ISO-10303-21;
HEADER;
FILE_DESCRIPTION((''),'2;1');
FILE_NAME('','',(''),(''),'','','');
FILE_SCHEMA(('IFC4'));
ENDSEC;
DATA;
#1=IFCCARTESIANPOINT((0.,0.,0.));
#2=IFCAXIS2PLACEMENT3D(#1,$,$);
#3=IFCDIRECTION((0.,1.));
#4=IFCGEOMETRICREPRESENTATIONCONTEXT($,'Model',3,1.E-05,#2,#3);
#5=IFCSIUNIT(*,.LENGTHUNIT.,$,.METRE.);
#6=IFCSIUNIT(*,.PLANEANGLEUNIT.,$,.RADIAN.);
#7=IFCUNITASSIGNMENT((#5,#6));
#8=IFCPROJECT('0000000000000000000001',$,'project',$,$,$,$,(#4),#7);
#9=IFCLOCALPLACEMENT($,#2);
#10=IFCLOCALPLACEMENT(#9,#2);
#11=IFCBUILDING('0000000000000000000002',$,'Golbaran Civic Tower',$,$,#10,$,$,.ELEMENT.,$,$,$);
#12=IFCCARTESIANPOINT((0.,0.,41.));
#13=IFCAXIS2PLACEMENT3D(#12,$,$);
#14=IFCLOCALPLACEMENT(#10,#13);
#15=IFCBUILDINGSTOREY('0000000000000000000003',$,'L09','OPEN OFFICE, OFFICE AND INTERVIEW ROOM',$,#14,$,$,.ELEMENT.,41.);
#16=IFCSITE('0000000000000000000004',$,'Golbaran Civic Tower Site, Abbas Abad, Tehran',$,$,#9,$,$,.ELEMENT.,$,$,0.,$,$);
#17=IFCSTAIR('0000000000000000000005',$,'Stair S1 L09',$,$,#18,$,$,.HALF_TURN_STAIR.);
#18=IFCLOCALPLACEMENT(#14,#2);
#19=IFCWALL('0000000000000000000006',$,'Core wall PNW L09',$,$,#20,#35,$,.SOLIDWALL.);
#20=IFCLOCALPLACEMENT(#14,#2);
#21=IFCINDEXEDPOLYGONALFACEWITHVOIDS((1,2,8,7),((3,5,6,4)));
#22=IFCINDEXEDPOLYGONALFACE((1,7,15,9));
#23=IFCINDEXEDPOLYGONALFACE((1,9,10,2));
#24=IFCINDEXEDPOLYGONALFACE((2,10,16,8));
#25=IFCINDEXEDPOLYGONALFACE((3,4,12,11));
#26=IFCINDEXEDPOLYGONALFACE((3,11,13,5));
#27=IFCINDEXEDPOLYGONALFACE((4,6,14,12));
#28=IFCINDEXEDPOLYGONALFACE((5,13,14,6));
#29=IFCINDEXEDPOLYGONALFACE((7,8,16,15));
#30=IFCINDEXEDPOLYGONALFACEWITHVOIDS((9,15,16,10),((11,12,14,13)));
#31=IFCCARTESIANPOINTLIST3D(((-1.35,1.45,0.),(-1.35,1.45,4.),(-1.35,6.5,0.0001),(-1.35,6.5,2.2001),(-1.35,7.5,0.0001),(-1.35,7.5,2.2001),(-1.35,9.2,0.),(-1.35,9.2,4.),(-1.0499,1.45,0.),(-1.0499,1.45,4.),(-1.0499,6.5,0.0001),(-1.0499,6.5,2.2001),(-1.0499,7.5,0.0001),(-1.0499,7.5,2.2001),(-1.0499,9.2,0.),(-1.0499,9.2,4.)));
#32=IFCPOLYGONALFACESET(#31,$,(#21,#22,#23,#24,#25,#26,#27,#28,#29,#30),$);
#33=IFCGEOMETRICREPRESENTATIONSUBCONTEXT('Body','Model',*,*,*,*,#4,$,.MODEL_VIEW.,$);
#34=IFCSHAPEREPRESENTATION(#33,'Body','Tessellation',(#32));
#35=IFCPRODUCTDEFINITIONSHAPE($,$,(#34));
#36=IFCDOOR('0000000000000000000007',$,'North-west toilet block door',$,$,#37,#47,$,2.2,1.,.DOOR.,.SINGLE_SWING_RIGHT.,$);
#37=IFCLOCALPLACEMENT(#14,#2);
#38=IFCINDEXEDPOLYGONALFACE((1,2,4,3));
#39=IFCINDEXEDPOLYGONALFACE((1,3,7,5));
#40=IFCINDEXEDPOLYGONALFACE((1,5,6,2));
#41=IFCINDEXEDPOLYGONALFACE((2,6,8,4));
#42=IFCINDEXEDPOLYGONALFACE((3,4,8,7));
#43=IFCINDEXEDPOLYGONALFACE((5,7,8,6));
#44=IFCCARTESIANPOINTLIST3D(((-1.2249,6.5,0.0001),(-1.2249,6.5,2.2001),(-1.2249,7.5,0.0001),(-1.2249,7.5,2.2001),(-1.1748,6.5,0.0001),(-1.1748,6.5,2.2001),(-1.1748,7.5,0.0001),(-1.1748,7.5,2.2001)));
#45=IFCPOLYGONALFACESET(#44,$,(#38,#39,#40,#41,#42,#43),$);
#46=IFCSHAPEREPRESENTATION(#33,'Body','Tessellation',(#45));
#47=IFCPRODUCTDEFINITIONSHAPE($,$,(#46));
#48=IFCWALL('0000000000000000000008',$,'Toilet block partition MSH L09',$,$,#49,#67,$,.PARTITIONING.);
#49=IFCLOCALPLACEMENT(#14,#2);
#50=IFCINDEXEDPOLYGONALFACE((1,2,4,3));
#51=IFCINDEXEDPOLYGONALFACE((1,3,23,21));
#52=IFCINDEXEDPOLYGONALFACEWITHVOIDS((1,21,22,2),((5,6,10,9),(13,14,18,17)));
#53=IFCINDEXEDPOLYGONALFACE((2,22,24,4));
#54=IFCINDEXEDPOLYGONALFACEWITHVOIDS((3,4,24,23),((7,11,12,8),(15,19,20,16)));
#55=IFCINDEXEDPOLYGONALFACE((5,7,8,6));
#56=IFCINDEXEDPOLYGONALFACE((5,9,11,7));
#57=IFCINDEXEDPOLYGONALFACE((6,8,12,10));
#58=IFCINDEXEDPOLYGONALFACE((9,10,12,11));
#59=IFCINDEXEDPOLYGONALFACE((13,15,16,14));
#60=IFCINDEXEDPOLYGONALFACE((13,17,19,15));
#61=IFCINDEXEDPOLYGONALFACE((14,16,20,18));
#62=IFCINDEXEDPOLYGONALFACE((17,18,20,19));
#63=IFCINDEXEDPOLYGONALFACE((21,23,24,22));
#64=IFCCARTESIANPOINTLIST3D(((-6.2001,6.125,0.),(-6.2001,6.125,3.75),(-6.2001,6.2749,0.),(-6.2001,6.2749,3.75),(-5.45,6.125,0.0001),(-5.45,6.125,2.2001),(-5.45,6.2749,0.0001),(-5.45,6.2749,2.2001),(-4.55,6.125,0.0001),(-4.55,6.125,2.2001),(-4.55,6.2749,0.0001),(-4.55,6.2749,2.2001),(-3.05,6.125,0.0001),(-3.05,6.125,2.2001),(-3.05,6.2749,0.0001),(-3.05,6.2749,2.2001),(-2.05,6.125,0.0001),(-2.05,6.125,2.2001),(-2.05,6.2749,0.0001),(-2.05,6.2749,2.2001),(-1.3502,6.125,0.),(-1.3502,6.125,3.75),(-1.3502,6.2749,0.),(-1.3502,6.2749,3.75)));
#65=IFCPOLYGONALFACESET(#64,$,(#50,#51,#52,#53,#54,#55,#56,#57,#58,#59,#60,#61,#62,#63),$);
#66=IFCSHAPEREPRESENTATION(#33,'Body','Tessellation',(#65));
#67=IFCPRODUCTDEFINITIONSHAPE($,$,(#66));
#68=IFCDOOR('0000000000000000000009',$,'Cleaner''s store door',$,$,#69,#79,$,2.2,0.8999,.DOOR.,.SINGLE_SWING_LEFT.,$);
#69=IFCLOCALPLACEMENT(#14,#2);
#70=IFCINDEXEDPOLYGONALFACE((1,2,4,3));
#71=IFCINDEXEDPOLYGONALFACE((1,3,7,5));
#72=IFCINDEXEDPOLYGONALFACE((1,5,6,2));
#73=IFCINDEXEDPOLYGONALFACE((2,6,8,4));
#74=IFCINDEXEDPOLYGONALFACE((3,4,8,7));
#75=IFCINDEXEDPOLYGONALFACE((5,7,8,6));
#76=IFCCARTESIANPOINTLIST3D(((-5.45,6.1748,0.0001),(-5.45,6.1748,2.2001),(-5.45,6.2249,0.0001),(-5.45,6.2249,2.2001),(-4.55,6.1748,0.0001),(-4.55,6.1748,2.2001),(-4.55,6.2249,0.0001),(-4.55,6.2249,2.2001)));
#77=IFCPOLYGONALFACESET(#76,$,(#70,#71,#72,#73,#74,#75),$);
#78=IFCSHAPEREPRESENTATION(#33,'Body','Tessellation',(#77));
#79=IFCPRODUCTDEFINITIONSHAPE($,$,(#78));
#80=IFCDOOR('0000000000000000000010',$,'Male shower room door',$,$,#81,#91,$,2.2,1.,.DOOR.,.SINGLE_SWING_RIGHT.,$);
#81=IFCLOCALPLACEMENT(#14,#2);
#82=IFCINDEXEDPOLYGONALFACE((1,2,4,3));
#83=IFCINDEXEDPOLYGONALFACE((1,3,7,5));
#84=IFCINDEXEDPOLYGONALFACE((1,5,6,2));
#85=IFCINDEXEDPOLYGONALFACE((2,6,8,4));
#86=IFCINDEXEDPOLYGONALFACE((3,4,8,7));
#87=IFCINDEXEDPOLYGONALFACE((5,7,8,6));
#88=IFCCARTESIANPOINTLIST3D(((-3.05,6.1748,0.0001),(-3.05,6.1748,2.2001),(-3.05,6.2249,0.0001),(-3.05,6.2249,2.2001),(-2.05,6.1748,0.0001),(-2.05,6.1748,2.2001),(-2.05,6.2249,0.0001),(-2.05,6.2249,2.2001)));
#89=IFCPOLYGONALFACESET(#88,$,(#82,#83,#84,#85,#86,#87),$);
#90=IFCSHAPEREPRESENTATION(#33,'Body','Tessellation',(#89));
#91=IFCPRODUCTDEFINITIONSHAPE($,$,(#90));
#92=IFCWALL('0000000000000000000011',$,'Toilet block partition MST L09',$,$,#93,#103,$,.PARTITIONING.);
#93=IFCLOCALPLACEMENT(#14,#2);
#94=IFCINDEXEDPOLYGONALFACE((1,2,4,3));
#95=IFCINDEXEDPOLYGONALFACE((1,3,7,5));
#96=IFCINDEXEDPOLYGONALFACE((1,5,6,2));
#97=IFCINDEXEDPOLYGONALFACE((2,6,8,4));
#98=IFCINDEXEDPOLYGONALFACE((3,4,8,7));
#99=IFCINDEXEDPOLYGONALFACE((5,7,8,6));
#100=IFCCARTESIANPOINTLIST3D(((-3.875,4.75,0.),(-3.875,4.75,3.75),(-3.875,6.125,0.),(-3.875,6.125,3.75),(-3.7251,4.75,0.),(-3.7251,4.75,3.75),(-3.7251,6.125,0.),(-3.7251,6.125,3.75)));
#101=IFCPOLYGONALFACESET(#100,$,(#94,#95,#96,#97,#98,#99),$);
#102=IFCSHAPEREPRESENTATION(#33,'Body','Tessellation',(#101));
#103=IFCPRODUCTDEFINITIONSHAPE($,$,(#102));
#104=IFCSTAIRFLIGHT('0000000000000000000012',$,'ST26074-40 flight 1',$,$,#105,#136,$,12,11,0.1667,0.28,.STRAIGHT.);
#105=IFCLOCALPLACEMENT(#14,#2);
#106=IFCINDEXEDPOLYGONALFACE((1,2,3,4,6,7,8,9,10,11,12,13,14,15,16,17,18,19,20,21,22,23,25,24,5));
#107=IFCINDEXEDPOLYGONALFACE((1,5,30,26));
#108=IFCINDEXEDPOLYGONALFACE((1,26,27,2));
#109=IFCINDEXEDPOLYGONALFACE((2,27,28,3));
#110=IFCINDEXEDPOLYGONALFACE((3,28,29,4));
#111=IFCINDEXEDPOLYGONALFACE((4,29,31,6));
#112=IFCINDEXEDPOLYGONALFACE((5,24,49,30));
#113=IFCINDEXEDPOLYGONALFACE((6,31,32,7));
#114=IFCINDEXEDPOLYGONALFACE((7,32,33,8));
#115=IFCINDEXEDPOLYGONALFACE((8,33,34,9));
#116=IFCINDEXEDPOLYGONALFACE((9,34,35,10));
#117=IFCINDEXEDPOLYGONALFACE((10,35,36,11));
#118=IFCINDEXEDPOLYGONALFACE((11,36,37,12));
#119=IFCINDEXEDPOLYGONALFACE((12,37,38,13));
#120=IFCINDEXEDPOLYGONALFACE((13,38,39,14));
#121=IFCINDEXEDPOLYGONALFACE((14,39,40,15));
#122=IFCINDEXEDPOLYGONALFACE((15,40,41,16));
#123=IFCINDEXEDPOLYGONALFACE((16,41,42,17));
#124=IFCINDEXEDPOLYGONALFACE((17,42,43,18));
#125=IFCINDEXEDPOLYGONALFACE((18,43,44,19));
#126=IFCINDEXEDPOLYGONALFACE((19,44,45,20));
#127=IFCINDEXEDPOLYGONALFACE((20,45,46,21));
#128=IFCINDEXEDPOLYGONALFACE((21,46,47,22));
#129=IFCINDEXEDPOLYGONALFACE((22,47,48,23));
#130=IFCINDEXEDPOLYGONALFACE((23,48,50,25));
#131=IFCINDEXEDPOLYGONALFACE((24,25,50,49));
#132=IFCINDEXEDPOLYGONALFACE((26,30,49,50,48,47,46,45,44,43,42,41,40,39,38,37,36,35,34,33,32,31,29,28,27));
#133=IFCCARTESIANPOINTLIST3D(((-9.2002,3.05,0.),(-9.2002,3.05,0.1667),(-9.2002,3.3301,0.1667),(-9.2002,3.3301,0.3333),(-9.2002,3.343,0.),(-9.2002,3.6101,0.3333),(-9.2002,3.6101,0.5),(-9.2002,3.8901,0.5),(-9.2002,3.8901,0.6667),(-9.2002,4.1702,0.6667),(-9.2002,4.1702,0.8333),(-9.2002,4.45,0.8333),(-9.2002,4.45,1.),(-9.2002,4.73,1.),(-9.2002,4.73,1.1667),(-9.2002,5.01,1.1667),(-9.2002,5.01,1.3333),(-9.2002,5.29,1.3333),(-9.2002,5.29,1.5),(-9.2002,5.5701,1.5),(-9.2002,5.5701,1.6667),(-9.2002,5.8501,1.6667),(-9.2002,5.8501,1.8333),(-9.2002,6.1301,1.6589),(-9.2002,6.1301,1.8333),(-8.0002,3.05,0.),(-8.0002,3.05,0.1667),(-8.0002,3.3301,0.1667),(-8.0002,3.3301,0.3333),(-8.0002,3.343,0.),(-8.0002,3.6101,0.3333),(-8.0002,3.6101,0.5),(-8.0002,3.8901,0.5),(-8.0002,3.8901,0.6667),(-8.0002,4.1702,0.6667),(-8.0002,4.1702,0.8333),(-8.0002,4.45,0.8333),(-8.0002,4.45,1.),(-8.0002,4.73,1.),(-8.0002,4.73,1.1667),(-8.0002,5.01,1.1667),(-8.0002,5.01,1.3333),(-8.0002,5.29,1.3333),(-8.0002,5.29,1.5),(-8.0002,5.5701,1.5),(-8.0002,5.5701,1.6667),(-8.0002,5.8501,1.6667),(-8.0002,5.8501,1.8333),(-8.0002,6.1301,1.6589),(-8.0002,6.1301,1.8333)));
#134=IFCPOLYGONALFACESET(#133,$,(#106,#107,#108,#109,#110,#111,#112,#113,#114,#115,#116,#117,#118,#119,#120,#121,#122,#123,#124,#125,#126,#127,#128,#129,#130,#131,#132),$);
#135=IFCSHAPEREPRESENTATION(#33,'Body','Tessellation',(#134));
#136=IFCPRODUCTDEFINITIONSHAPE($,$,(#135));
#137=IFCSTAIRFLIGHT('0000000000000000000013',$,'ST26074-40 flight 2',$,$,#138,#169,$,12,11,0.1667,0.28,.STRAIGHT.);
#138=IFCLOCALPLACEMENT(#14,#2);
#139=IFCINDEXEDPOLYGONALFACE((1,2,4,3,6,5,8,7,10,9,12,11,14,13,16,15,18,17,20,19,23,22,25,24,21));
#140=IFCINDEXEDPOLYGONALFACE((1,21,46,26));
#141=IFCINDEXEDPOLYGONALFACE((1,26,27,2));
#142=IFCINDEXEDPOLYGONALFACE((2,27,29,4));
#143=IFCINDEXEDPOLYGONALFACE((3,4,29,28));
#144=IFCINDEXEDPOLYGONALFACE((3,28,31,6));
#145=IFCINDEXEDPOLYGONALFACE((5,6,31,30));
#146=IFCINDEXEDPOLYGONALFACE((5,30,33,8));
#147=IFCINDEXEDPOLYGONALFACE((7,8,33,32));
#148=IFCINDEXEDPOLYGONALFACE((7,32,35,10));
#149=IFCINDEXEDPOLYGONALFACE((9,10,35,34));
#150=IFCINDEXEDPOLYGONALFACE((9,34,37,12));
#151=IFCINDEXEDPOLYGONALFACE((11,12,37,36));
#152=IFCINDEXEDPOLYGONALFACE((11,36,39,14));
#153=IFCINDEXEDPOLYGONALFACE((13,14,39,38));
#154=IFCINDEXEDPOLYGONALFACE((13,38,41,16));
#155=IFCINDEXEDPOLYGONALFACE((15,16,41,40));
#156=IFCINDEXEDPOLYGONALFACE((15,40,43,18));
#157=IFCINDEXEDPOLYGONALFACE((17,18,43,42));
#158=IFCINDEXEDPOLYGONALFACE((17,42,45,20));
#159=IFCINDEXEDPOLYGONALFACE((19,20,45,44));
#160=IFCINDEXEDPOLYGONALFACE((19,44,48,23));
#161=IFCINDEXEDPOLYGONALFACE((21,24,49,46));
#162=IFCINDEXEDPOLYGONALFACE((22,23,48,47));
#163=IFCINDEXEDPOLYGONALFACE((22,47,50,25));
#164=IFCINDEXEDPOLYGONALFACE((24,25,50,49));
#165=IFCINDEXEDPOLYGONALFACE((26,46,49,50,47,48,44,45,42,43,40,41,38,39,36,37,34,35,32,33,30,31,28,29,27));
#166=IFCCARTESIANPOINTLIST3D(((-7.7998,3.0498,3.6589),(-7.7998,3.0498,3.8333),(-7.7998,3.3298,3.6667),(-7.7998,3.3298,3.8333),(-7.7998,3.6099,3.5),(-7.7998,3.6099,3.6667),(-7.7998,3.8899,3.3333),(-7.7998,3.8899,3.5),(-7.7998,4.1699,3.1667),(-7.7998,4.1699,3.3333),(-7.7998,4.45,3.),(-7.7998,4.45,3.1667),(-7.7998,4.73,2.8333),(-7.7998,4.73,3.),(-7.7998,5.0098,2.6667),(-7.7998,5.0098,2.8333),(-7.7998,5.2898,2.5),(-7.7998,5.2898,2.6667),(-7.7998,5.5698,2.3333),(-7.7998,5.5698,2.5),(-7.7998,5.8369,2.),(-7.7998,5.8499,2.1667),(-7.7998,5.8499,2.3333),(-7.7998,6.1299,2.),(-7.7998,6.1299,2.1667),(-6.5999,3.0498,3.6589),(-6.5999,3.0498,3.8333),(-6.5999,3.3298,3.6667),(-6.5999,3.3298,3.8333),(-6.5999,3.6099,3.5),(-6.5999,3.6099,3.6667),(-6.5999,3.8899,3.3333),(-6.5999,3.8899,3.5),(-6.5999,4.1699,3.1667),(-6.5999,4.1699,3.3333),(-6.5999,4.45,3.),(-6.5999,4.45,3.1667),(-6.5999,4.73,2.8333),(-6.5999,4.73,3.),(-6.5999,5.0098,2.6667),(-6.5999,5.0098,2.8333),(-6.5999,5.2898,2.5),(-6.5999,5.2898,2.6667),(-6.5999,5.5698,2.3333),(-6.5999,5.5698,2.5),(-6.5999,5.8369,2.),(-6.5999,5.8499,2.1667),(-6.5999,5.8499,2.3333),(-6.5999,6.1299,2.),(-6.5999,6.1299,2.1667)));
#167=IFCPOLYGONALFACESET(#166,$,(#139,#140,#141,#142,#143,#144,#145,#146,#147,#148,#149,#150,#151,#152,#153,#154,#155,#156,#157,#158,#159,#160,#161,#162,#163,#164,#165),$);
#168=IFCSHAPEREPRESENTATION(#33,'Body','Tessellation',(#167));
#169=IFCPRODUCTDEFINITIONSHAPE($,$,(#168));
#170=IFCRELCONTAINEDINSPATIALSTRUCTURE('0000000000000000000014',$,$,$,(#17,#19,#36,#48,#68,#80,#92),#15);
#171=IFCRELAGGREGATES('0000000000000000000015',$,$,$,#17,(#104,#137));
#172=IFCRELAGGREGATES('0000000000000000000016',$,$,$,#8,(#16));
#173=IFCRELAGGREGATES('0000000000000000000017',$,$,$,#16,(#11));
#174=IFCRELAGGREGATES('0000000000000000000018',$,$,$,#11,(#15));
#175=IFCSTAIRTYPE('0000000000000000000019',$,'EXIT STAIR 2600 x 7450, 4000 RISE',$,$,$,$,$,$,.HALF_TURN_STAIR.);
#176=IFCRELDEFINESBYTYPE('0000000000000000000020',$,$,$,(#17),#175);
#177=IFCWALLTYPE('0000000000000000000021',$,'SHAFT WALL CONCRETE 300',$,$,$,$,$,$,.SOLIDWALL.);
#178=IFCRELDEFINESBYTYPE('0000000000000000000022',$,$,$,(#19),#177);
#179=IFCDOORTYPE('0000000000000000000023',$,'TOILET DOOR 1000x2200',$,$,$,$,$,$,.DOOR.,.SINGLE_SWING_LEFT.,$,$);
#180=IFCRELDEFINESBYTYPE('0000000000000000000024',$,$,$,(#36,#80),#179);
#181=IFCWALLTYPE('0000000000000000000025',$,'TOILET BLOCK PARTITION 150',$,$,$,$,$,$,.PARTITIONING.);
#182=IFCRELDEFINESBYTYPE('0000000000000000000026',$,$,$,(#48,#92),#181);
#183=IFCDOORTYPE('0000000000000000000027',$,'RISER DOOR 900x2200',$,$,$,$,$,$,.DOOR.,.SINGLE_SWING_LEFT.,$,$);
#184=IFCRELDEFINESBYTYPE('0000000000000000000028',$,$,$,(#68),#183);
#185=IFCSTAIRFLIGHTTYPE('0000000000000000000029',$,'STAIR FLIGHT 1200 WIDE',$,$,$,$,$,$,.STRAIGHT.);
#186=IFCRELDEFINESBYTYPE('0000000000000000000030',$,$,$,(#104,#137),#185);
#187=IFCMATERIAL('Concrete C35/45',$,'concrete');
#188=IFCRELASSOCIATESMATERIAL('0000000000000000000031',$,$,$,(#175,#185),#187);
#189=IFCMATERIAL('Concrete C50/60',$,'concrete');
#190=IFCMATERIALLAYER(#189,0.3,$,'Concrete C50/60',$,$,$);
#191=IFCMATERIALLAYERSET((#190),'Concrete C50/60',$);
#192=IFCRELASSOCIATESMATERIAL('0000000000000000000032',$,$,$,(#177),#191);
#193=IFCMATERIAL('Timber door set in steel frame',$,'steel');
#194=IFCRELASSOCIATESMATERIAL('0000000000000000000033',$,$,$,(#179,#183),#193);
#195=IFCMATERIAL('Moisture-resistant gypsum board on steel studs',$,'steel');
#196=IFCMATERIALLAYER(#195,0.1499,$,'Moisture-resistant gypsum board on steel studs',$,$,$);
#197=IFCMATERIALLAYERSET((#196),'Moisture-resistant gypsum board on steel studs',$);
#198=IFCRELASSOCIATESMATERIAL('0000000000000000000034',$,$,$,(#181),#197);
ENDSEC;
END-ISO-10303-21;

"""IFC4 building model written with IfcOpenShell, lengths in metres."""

from ifc_helpers import new_model, si_unit, direction, frame, frame_2d, origin, place, context, subcontext, project, spatial, polyline, rectangle, outline, extrude, material, layer, layer_set, type_object, element, fill, aggregate, save


model = new_model("IFC4")

# Units and contexts
model_context = context("Model", 3, precision=1e-05, world=origin(), true_north=direction((0.0, 1.0)))
body_context = subcontext(model_context, "Body", "Model", "MODEL_VIEW")
ifc_project = project(units=[si_unit("LENGTHUNIT", "METRE"), si_unit("PLANEANGLEUNIT", "RADIAN")], contexts=[model_context])

# Site, building, storey
site_placement = place(None, origin())
site = spatial("IfcSite", under=ifc_project, at=site_placement, Name="Golbaran Civic Tower Site, Abbas Abad, Tehran", CompositionType="ELEMENT", RefElevation=0.0)
building_placement = place(site_placement, origin())
building = spatial("IfcBuilding", under=site, at=building_placement, Name="Golbaran Civic Tower", CompositionType="ELEMENT")
storey_placement = place(building_placement, frame((0.0, 0.0, 41.0)))
storey = spatial("IfcBuildingStorey", under=building, at=storey_placement, Name="L09", Description="OPEN OFFICE, OFFICE AND INTERVIEW ROOM", CompositionType="ELEMENT", Elevation=41.0)

# Shared definitions
ifc_material_1 = material(Name="Concrete C35/45", Category="concrete")

# Stair
stair_type = type_object("IfcStairType", Name="EXIT STAIR 2600 x 7450, 4000 RISE", PredefinedType="HALF_TURN_STAIR", material=ifc_material_1)
stair_placement = place(storey_placement, origin())
stair = element("IfcStair", 1, at=stair_placement, inside=storey, type_object=stair_type, Name="Stair S1 L09", PredefinedType="HALF_TURN_STAIR")

# Shared definitions
ifc_material_2 = material(Name="Timber door set in steel frame", Category="steel")

# Shared definitions
ifc_material_3 = material(Name="Concrete C50/60", Category="concrete")
ifc_layer_1 = layer(ifc_material_3, 0.3, Name="Concrete C50/60")
ifc_layer_set_1 = layer_set([ifc_layer_1], Name="Concrete C50/60")
wall_type_1 = type_object("IfcWallType", Name="SHAFT WALL CONCRETE 300", PredefinedType="SOLIDWALL", material=ifc_layer_set_1)

# Wall, opening, door
wall_1_placement = place(storey_placement, frame((-1.2, 1.45, 0.0), z_axis=(0.0, 0.0, 1.0), x_axis=(0.0, 1.0, 0.0)))
wall_1 = element("IfcWall", 2, at=wall_1_placement, inside=storey, type_object=wall_type_1, Name="Core wall PNW L09", PredefinedType="SOLIDWALL", context=body_context, shape_type="SweptSolid", body=[
    extrude(rectangle(XDim=7.75, YDim=0.3, at=frame_2d((3.875, 0.0))), origin(), (0.0, 0.0, 1.0), 4.0),
])
opening_1_placement = place(wall_1_placement, frame((5.05, 0.0, 0.0)))
opening_1 = element("IfcOpeningElement", 3, at=opening_1_placement, cuts=wall_1, PredefinedType="OPENING", context=body_context, shape_type="SweptSolid", body=[
    extrude(rectangle(XDim=1.0, YDim=2.2, at=frame_2d((0.5, 1.1001))), frame((0.0, 0.1599, 0.0), z_axis=(0.0, -1.0, 0.0), x_axis=(1.0, 0.0, 0.0)), (0.0, 0.0, 1.0), 0.3201),
])
door_type_1 = type_object("IfcDoorType", Name="TOILET DOOR 1000x2200", OperationType="SINGLE_SWING_LEFT", PredefinedType="DOOR", material=ifc_material_2)
door_1_placement = place(opening_1_placement, origin())
door_1 = element("IfcDoor", 4, at=door_1_placement, inside=storey, type_object=door_type_1, Name="North-west toilet block door", OperationType="SINGLE_SWING_RIGHT", OverallHeight=2.2, OverallWidth=1.0, PredefinedType="DOOR", context=body_context, shape_type="SweptSolid", body=[
    extrude(rectangle(XDim=1.0, YDim=2.2, at=frame_2d((0.5, 1.1001))), frame((0.0, 0.0249, 0.0), z_axis=(0.0, -1.0, 0.0), x_axis=(1.0, 0.0, 0.0)), (0.0, 0.0, 1.0), 0.05),
])
fill(opening_1, door_1)

# Wall, openings, doors
ifc_material_4 = material(Name="Moisture-resistant gypsum board on steel studs", Category="steel")
ifc_layer_2 = layer(ifc_material_4, 0.1499, Name="Moisture-resistant gypsum board on steel studs")
ifc_layer_set_2 = layer_set([ifc_layer_2], Name="Moisture-resistant gypsum board on steel studs")
wall_type_2 = type_object("IfcWallType", Name="TOILET BLOCK PARTITION 150", PredefinedType="PARTITIONING", material=ifc_layer_set_2)
wall_2_placement = place(storey_placement, frame((-6.2, 6.2, 0.0), z_axis=(0.0, 0.0, 1.0), x_axis=(1.0, 0.0, 0.0)))
wall_2 = element("IfcWall", 5, at=wall_2_placement, inside=storey, type_object=wall_type_2, Name="Toilet block partition MSH L09", PredefinedType="PARTITIONING", context=body_context, shape_type="SweptSolid", body=[
    extrude(rectangle(XDim=4.8499, YDim=0.1499, at=frame_2d((2.4248, 0.0))), origin(), (0.0, 0.0, 1.0), 3.75),
])
opening_2_placement = place(wall_2_placement, frame((3.1499, 0.0, 0.0)))
opening_2 = element("IfcOpeningElement", 6, at=opening_2_placement, cuts=wall_2, PredefinedType="OPENING", context=body_context, shape_type="SweptSolid", body=[
    extrude(rectangle(XDim=1.0, YDim=2.2, at=frame_2d((0.5, 1.1001))), frame((0.0, 0.085, 0.0), z_axis=(0.0, -1.0, 0.0), x_axis=(1.0, 0.0, 0.0)), (0.0, 0.0, 1.0), 0.1699),
])
opening_3_placement = place(wall_2_placement, frame((0.75, 0.0, 0.0)))
opening_3 = element("IfcOpeningElement", 7, at=opening_3_placement, cuts=wall_2, PredefinedType="OPENING", context=body_context, shape_type="SweptSolid", body=[
    extrude(rectangle(XDim=0.8999, YDim=2.2, at=frame_2d((0.45, 1.1001))), frame((0.0, 0.085, 0.0), z_axis=(0.0, -1.0, 0.0), x_axis=(1.0, 0.0, 0.0)), (0.0, 0.0, 1.0), 0.1699),
])
door_type_2 = type_object("IfcDoorType", Name="RISER DOOR 900x2200", OperationType="SINGLE_SWING_LEFT", PredefinedType="DOOR", material=ifc_material_2)
door_2_placement = place(opening_3_placement, origin())
door_2 = element("IfcDoor", 8, at=door_2_placement, inside=storey, type_object=door_type_2, Name="Cleaner's store door", OperationType="SINGLE_SWING_LEFT", OverallHeight=2.2, OverallWidth=0.8999, PredefinedType="DOOR", context=body_context, shape_type="SweptSolid", body=[
    extrude(rectangle(XDim=0.8999, YDim=2.2, at=frame_2d((0.45, 1.1001))), frame((0.0, 0.0249, 0.0), z_axis=(0.0, -1.0, 0.0), x_axis=(1.0, 0.0, 0.0)), (0.0, 0.0, 1.0), 0.05),
])
fill(opening_3, door_2)
door_3_placement = place(opening_2_placement, origin())
door_3 = element("IfcDoor", 9, at=door_3_placement, inside=storey, type_object=door_type_1, Name="Male shower room door", OperationType="SINGLE_SWING_RIGHT", OverallHeight=2.2, OverallWidth=1.0, PredefinedType="DOOR", context=body_context, shape_type="SweptSolid", body=[
    extrude(rectangle(XDim=1.0, YDim=2.2, at=frame_2d((0.5, 1.1001))), frame((0.0, 0.0249, 0.0), z_axis=(0.0, -1.0, 0.0), x_axis=(1.0, 0.0, 0.0)), (0.0, 0.0, 1.0), 0.05),
])
fill(opening_2, door_3)

# Wall
wall_3_placement = place(storey_placement, frame((-3.8, 4.75, 0.0), z_axis=(0.0, 0.0, 1.0), x_axis=(0.0, 1.0, 0.0)))
element("IfcWall", 10, at=wall_3_placement, inside=storey, type_object=wall_type_2, Name="Toilet block partition MST L09", PredefinedType="PARTITIONING", context=body_context, shape_type="SweptSolid", body=[
    extrude(rectangle(XDim=1.375, YDim=0.1499, at=frame_2d((0.6875, 0.0))), origin(), (0.0, 0.0, 1.0), 3.75),
])

# Stair flights
stair_flight_type = type_object("IfcStairFlightType", Name="STAIR FLIGHT 1200 WIDE", PredefinedType="STRAIGHT", material=ifc_material_1)
stair_flight_1_placement = place(storey_placement, frame((-8.6001, 3.05, 0.0), z_axis=(0.0, 0.0, 1.0), x_axis=(0.0, 1.0, 0.0)))
stair_flight_1 = element("IfcStairFlight", 11, at=stair_flight_1_placement, type_object=stair_flight_type, Name="ST26074-40 flight 1", NumberOfRisers=12, NumberOfTreads=11, PredefinedType="STRAIGHT", RiserHeight=0.1667, TreadLength=0.28, context=body_context, shape_type="SweptSolid", body=[
    extrude(outline(polyline([(0.0, 0.0), (0.0, 0.1667), (0.28, 0.1667), (0.28, 0.3333), (0.5601, 0.3333), (0.5601, 0.5), (0.8401, 0.5), (0.8401, 0.6667), (1.1201, 0.6667), (1.1201, 0.8333), (1.3999, 0.8333), (1.3999, 1.0), (1.6799, 1.0), (1.6799, 1.1667), (1.96, 1.1667), (1.96, 1.3333), (2.24, 1.3333), (2.24, 1.5), (2.52, 1.5), (2.52, 1.6667), (2.8, 1.6667), (2.8, 1.8333), (3.0801, 1.8333), (3.0801, 2.0), (3.0801, 1.6589), (0.293, 0.0), (0.0, 0.0)])), frame((0.0, 0.6001, 0.0), z_axis=(0.0, -1.0, 0.0), x_axis=(1.0, 0.0, 0.0)), (0.0, 0.0, 1.0), 1.2),
])
stair_flight_2_placement = place(storey_placement, frame((-7.2, 6.1299, 2.0), z_axis=(0.0, 0.0, 1.0), x_axis=(0.0, -1.0, 0.0)))
stair_flight_2 = element("IfcStairFlight", 12, at=stair_flight_2_placement, type_object=stair_flight_type, Name="ST26074-40 flight 2", NumberOfRisers=12, NumberOfTreads=11, PredefinedType="STRAIGHT", RiserHeight=0.1667, TreadLength=0.28, context=body_context, shape_type="SweptSolid", body=[
    extrude(outline(polyline([(0.0, 0.0), (0.0, 0.1667), (0.28, 0.1667), (0.28, 0.3333), (0.5601, 0.3333), (0.5601, 0.5), (0.8401, 0.5), (0.8401, 0.6667), (1.1201, 0.6667), (1.1201, 0.8333), (1.3999, 0.8333), (1.3999, 1.0), (1.6799, 1.0), (1.6799, 1.1667), (1.96, 1.1667), (1.96, 1.3333), (2.24, 1.3333), (2.24, 1.5), (2.52, 1.5), (2.52, 1.6667), (2.8, 1.6667), (2.8, 1.8333), (3.0801, 1.8333), (3.0801, 2.0), (3.0801, 1.6589), (0.293, 0.0), (0.0, 0.0)])), frame((0.0, 0.6001, 0.0), z_axis=(0.0, -1.0, 0.0), x_axis=(1.0, 0.0, 0.0)), (0.0, 0.0, 1.0), 1.2),
])
aggregate(stair, [stair_flight_1, stair_flight_2])

save(model, "model.ifc")
